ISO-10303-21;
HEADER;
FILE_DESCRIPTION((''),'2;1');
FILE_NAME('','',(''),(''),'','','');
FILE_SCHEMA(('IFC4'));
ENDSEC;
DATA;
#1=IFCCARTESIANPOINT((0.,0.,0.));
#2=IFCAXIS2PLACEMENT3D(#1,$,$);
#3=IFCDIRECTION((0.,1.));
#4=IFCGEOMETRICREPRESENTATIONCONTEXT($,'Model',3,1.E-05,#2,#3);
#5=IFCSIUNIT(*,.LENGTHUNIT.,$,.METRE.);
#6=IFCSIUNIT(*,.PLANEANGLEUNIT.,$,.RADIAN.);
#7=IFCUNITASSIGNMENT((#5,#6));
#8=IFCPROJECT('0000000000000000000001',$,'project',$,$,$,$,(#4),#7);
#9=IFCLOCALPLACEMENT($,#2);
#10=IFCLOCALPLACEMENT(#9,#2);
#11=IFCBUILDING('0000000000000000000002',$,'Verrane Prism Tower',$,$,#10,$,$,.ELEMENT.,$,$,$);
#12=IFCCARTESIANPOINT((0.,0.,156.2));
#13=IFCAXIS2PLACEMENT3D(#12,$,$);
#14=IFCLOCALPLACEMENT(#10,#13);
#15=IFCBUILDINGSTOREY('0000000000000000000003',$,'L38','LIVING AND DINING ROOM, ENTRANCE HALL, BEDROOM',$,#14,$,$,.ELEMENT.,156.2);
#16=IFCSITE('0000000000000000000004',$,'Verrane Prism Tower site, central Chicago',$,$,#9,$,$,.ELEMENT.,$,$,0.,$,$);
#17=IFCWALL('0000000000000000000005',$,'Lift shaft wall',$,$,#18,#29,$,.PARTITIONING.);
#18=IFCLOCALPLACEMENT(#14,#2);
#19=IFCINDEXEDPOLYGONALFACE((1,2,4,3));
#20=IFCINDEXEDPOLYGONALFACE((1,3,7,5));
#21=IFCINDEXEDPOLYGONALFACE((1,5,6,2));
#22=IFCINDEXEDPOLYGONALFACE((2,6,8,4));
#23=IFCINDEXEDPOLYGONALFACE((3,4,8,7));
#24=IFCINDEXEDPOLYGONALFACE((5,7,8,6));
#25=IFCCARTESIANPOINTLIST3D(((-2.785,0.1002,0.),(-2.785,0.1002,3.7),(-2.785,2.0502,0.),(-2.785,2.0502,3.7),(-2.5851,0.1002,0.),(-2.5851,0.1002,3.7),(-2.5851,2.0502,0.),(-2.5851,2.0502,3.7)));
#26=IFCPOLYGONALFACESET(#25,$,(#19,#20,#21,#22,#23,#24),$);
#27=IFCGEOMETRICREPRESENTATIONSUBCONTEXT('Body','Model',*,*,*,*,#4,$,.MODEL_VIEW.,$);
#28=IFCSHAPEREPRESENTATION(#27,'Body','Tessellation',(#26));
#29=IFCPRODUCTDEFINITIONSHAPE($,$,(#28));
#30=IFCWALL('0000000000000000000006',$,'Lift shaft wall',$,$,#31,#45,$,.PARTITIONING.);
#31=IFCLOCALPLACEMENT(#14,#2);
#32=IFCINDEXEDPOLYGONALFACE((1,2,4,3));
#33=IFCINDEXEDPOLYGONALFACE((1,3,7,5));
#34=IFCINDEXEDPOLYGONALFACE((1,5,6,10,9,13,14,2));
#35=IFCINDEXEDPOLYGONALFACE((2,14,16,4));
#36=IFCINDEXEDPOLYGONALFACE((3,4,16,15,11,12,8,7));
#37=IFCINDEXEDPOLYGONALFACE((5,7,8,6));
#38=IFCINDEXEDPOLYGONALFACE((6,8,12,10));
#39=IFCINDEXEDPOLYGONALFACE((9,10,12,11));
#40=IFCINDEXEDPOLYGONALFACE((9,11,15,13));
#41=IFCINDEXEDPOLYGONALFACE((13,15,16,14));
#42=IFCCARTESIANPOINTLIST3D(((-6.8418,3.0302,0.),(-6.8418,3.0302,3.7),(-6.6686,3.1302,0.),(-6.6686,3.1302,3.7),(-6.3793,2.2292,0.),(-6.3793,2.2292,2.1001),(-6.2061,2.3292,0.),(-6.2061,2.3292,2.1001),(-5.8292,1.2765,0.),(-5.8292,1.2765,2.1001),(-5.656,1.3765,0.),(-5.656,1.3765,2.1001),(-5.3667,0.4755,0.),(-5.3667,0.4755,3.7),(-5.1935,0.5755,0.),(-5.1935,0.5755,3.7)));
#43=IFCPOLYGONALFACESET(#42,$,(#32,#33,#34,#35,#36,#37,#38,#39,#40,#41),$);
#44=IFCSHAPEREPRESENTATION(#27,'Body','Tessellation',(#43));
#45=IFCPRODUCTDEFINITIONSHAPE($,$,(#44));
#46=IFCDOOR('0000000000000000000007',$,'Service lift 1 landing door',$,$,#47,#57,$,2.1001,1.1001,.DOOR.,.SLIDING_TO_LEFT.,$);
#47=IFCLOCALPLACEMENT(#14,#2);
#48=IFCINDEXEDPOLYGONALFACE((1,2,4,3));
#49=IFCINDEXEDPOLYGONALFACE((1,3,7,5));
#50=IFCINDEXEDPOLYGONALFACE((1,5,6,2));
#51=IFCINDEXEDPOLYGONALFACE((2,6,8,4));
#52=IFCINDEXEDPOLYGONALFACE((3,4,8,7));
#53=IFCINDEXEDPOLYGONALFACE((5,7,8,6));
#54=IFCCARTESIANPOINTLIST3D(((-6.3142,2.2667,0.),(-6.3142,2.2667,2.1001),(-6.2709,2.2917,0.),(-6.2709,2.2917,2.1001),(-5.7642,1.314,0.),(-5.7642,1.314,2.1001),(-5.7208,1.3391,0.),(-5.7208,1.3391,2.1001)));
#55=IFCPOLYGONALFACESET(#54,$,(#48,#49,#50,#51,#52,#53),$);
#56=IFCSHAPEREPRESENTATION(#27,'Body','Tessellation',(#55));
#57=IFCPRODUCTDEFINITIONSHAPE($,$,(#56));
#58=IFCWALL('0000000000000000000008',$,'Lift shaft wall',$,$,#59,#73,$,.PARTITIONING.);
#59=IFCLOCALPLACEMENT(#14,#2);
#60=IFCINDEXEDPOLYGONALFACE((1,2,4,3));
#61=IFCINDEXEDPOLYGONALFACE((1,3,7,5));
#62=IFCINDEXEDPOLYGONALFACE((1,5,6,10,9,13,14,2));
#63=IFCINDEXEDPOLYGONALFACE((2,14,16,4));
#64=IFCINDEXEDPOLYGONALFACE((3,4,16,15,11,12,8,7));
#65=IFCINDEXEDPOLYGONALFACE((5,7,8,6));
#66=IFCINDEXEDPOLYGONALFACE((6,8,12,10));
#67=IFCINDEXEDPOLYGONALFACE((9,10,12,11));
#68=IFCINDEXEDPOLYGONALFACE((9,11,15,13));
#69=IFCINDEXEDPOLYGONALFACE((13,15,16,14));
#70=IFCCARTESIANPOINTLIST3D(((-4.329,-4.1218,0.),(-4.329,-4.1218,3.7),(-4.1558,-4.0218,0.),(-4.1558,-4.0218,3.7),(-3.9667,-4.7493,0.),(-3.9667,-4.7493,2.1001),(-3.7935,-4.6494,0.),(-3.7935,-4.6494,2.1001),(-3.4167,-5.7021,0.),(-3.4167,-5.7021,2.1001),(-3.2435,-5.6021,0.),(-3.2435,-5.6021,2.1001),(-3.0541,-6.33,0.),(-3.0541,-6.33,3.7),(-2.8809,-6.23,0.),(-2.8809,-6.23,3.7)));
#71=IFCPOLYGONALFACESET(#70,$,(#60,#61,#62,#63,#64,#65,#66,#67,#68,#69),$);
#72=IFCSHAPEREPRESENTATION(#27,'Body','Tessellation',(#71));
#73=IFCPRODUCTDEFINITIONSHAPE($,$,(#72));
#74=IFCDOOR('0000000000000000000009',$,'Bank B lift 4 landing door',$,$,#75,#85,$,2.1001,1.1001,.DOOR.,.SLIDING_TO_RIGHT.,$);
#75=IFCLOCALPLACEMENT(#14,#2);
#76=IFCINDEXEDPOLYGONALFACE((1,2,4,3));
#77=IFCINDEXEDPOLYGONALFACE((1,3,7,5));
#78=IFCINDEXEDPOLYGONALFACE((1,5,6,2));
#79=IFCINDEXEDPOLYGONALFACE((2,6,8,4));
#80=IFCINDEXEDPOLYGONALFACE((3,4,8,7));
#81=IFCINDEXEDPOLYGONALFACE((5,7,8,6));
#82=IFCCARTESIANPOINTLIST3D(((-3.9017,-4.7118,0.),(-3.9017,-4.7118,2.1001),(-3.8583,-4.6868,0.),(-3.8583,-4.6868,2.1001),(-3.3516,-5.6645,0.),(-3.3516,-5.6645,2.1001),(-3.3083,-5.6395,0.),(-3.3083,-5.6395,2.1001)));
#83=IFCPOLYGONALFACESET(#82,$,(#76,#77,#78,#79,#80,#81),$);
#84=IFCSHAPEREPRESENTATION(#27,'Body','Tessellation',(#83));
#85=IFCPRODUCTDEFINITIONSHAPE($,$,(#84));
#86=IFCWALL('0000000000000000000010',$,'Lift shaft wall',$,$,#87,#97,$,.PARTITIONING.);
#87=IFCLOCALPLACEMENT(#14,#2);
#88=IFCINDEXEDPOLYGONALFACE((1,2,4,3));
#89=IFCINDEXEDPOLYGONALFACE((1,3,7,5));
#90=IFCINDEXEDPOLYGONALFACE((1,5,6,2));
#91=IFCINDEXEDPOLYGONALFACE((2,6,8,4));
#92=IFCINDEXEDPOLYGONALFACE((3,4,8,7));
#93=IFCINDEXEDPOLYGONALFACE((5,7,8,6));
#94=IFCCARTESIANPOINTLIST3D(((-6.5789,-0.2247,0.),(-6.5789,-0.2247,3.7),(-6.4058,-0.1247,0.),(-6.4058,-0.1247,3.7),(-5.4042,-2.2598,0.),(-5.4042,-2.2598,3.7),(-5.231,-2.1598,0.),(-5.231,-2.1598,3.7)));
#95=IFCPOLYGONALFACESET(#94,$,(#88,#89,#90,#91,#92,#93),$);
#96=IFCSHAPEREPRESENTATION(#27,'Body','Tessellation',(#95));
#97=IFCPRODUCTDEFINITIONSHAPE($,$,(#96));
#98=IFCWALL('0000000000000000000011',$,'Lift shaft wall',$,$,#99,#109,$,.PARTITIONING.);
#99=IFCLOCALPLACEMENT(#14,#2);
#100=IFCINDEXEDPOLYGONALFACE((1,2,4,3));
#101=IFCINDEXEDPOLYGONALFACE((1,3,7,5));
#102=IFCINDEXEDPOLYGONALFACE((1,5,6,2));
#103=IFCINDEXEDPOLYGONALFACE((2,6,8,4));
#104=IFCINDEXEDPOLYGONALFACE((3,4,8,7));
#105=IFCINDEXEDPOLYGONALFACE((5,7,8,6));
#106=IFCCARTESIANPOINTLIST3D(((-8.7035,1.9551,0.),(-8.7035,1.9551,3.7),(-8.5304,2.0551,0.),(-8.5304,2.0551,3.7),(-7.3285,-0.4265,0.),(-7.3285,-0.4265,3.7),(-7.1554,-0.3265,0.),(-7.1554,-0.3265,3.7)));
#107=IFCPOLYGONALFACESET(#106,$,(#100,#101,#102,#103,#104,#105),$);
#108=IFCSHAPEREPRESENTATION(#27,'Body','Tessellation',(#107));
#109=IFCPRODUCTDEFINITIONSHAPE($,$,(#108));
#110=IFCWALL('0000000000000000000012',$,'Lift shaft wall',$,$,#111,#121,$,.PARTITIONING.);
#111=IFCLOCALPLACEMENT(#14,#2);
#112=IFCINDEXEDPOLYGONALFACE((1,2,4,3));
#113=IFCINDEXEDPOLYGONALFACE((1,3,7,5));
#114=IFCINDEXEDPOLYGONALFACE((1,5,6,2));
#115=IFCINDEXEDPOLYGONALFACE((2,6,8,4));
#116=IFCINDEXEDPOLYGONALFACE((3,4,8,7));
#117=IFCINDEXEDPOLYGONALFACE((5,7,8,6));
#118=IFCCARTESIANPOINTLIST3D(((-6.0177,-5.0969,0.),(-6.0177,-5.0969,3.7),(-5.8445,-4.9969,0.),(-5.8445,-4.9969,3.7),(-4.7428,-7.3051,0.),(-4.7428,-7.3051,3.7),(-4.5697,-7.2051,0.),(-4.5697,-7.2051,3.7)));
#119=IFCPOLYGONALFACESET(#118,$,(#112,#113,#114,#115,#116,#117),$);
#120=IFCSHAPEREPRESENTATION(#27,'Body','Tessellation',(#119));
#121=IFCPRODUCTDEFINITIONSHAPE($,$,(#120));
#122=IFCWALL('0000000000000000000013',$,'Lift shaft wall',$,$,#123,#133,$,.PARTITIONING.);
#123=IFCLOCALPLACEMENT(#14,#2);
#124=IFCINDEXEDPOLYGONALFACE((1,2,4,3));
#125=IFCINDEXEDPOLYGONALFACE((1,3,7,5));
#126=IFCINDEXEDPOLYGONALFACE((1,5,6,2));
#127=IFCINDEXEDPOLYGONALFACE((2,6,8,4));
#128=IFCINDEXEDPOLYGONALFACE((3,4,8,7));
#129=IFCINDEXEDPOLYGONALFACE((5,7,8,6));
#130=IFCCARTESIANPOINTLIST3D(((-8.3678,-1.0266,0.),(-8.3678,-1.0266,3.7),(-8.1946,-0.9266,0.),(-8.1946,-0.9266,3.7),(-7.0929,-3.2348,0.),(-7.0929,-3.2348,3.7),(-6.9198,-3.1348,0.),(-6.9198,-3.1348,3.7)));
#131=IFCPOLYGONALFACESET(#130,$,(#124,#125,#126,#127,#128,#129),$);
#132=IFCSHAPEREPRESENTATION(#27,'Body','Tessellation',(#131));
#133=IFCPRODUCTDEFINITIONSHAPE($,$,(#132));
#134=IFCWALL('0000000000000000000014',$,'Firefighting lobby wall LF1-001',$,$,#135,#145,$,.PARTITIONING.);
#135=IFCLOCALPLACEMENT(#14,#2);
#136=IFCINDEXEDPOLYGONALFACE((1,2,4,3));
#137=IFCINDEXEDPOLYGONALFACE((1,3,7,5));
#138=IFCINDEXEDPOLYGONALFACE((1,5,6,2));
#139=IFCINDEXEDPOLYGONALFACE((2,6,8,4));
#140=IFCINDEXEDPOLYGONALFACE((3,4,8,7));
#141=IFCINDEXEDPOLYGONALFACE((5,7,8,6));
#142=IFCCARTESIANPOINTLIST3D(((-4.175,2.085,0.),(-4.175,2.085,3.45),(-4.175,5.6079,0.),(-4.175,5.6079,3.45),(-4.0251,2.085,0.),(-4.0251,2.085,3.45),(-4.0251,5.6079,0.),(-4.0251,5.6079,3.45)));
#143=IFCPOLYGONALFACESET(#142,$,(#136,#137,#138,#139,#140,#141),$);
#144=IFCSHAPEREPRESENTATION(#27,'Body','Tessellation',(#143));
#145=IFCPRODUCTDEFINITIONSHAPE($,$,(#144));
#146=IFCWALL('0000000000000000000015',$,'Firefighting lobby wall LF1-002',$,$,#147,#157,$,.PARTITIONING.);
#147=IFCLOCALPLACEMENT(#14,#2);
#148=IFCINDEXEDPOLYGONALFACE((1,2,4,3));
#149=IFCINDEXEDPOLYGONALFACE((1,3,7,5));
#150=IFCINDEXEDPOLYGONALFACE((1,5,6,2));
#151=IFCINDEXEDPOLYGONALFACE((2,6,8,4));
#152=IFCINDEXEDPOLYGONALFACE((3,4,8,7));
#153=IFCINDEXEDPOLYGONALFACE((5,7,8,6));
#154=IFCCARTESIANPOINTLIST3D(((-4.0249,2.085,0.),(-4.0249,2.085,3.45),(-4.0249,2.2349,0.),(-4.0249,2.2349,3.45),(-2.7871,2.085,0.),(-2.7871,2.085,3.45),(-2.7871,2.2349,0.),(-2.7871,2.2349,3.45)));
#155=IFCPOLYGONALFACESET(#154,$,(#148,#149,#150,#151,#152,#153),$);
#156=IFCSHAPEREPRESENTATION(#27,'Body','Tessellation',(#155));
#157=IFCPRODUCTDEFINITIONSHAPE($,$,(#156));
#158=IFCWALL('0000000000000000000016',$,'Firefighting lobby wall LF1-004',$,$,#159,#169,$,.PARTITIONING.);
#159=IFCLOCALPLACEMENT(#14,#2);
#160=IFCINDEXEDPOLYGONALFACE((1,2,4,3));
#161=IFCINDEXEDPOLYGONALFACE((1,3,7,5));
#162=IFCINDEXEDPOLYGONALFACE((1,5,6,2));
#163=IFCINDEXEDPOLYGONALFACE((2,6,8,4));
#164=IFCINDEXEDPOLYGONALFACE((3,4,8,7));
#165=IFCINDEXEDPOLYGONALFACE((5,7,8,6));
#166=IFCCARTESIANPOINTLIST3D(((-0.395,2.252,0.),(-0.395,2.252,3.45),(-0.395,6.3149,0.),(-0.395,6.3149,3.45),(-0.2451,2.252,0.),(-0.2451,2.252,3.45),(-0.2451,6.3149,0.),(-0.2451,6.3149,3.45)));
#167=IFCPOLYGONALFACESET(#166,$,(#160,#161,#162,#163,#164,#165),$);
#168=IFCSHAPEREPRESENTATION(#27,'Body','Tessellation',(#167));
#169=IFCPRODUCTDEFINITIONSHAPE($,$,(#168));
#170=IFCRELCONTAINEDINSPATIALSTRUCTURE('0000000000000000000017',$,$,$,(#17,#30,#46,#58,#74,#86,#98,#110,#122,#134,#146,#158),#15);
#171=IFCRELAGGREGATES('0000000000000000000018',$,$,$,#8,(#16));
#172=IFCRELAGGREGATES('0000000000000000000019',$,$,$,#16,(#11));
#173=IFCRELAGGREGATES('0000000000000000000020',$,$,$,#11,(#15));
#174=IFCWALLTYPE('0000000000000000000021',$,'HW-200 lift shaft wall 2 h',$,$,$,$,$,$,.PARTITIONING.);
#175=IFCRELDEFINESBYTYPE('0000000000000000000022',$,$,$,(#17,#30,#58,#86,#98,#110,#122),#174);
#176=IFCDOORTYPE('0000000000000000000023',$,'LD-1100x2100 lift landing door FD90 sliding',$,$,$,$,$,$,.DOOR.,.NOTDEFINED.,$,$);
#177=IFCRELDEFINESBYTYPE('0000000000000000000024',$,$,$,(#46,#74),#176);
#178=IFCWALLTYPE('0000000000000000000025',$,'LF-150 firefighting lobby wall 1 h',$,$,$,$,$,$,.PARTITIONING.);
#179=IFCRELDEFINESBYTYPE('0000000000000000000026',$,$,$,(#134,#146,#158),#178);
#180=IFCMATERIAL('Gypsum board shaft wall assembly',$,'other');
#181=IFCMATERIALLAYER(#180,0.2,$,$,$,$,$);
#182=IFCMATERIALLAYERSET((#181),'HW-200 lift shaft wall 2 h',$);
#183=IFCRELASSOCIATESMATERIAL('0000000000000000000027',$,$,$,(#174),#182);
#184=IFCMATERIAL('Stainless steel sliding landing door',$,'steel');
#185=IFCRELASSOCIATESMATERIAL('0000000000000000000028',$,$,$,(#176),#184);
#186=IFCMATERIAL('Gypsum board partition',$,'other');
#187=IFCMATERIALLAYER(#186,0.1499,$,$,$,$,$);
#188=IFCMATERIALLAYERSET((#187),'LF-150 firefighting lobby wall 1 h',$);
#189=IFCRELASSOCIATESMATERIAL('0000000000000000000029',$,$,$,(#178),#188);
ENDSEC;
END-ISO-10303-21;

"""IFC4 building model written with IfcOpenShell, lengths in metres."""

from ifc_helpers import new_model, si_unit, direction, frame, frame_2d, origin, place, context, subcontext, project, spatial, rectangle, extrude, material, layer, layer_set, type_object, element, fill, save


model = new_model("IFC4")

# Units and contexts
model_context = context("Model", 3, precision=1e-05, world=origin(), true_north=direction((0.0, 1.0)))
body_context = subcontext(model_context, "Body", "Model", "MODEL_VIEW")
ifc_project = project(units=[si_unit("LENGTHUNIT", "METRE"), si_unit("PLANEANGLEUNIT", "RADIAN")], contexts=[model_context])

# Site, building, storey
site_placement = place(None, origin())
site = spatial("IfcSite", under=ifc_project, at=site_placement, Name="Verrane Prism Tower site, central Chicago", CompositionType="ELEMENT", RefElevation=0.0)
building_placement = place(site_placement, origin())
building = spatial("IfcBuilding", under=site, at=building_placement, Name="Verrane Prism Tower", CompositionType="ELEMENT")
storey_placement = place(building_placement, frame((0.0, 0.0, 156.2)))
storey = spatial("IfcBuildingStorey", under=building, at=storey_placement, Name="L38", Description="LIVING AND DINING ROOM, ENTRANCE HALL, BEDROOM", CompositionType="ELEMENT", Elevation=156.2)

# Shared definitions
ifc_material_1 = material(Name="Gypsum board shaft wall assembly", Category="other")
ifc_layer_1 = layer(ifc_material_1, 0.2)
ifc_layer_set_1 = layer_set([ifc_layer_1], Name="HW-200 lift shaft wall 2 h")
wall_type_1 = type_object("IfcWallType", Name="HW-200 lift shaft wall 2 h", PredefinedType="PARTITIONING", material=ifc_layer_set_1)
ifc_material_2 = material(Name="Stainless steel sliding landing door", Category="steel")
door_type_1 = type_object("IfcDoorType", Name="LD-1100x2100 lift landing door FD90 sliding", OperationType="NOTDEFINED", PredefinedType="DOOR", material=ifc_material_2)

# Wall
wall_1_placement = place(storey_placement, frame((-2.6851, 0.1001, 0.0), z_axis=(0.0, 0.0, 1.0), x_axis=(0.0, 1.0, 0.0)))
element("IfcWall", 1, at=wall_1_placement, inside=storey, type_object=wall_type_1, Name="Lift shaft wall", PredefinedType="PARTITIONING", context=body_context, shape_type="SweptSolid", body=[
    extrude(rectangle(XDim=1.95, YDim=0.2, at=frame_2d((0.9751, 0.0))), origin(), (0.0, 0.0, 1.0), 3.7),
])

# Walls, openings, doors
wall_2_placement = place(storey_placement, frame((-5.28, 0.5254, 0.0), z_axis=(0.0, 0.0, 1.0), x_axis=(-0.500038, 0.866004, 0.0)))
wall_2 = element("IfcWall", 2, at=wall_2_placement, inside=storey, type_object=wall_type_1, Name="Lift shaft wall", PredefinedType="PARTITIONING", context=body_context, shape_type="SweptSolid", body=[
    extrude(rectangle(XDim=2.95, YDim=0.2, at=frame_2d((1.4751, 0.0))), origin(), (0.0, 0.0, 1.0), 3.7),
])
opening_1_placement = place(wall_2_placement, frame((0.925, 0.0, 0.0)))
opening_1 = element("IfcOpeningElement", 3, at=opening_1_placement, cuts=wall_2, PredefinedType="OPENING", context=body_context, shape_type="SweptSolid", body=[
    extrude(rectangle(XDim=1.1001, YDim=2.1001, at=frame_2d((0.55, 1.05))), frame((0.0, 0.1099, 0.0), z_axis=(0.0, -1.0, 0.0), x_axis=(1.0, 0.0, 0.0)), (0.0, 0.0, 1.0), 0.22),
])
door_1_placement = place(opening_1_placement, origin())
door_1 = element("IfcDoor", 4, at=door_1_placement, inside=storey, type_object=door_type_1, Name="Service lift 1 landing door", OperationType="SLIDING_TO_LEFT", OverallHeight=2.1001, OverallWidth=1.1001, PredefinedType="DOOR", context=body_context, shape_type="SweptSolid", body=[
    extrude(rectangle(XDim=1.1001, YDim=2.1001, at=frame_2d((0.55, 1.05))), frame((0.0, 0.0249, 0.0), z_axis=(0.0, -1.0, 0.0), x_axis=(1.0, 0.0, 0.0)), (0.0, 0.0, 1.0), 0.05),
])
fill(opening_1, door_1)
wall_3_placement = place(storey_placement, frame((-2.9675, -6.28, 0.0), z_axis=(0.0, 0.0, 1.0), x_axis=(-0.49999, 0.866031, 0.0)))
wall_3 = element("IfcWall", 5, at=wall_3_placement, inside=storey, type_object=wall_type_1, Name="Lift shaft wall", PredefinedType="PARTITIONING", context=body_context, shape_type="SweptSolid", body=[
    extrude(rectangle(XDim=2.5498, YDim=0.2, at=frame_2d((1.2749, 0.0))), origin(), (0.0, 0.0, 1.0), 3.7),
])
opening_2_placement = place(wall_3_placement, frame((0.7251, 0.0, 0.0)))
opening_2 = element("IfcOpeningElement", 6, at=opening_2_placement, cuts=wall_3, PredefinedType="OPENING", context=body_context, shape_type="SweptSolid", body=[
    extrude(rectangle(XDim=1.1001, YDim=2.1001, at=frame_2d((0.55, 1.05))), frame((0.0, 0.1099, 0.0), z_axis=(0.0, -1.0, 0.0), x_axis=(1.0, 0.0, 0.0)), (0.0, 0.0, 1.0), 0.22),
])
door_2_placement = place(opening_2_placement, origin())
door_2 = element("IfcDoor", 7, at=door_2_placement, inside=storey, type_object=door_type_1, Name="Bank B lift 4 landing door", OperationType="SLIDING_TO_RIGHT", OverallHeight=2.1001, OverallWidth=1.1001, PredefinedType="DOOR", context=body_context, shape_type="SweptSolid", body=[
    extrude(rectangle(XDim=1.1001, YDim=2.1001, at=frame_2d((0.55, 1.05))), frame((0.0, 0.0249, 0.0), z_axis=(0.0, -1.0, 0.0), x_axis=(1.0, 0.0, 0.0)), (0.0, 0.0, 1.0), 0.05),
])
fill(opening_2, door_2)

# Walls
wall_4_placement = place(storey_placement, frame((-5.3176, -2.2097, 0.0), z_axis=(0.0, 0.0, 1.0), x_axis=(-0.499938, 0.866061, 0.0)))
element("IfcWall", 8, at=wall_4_placement, inside=storey, type_object=wall_type_1, Name="Lift shaft wall", PredefinedType="PARTITIONING", context=body_context, shape_type="SweptSolid", body=[
    extrude(rectangle(XDim=2.3499, YDim=0.2, at=frame_2d((1.1748, 0.0))), origin(), (0.0, 0.0, 1.0), 3.7),
])
wall_5_placement = place(storey_placement, frame((-7.2419, -0.3765, 0.0), z_axis=(0.0, 0.0, 1.0), x_axis=(-0.499997, 0.866027, 0.0)))
element("IfcWall", 9, at=wall_5_placement, inside=storey, type_object=wall_type_1, Name="Lift shaft wall", PredefinedType="PARTITIONING", context=body_context, shape_type="SweptSolid", body=[
    extrude(rectangle(XDim=2.75, YDim=0.2, at=frame_2d((1.375, 0.0))), origin(), (0.0, 0.0, 1.0), 3.7),
])
for number, where, z_axis, x_axis, name in (
    (10, (-4.6562, -7.2551, 0.0), (0.0, 0.0, 1.0), (-0.49999, 0.866031, 0.0), "Lift shaft wall"),
    (11, (-7.0063, -3.1848, 0.0), (0.0, 0.0, 1.0), (-0.49999, 0.866031, 0.0), "Lift shaft wall"),
):
    element("IfcWall", number, at=place(storey_placement, frame(where, z_axis=z_axis, x_axis=x_axis)), inside=storey, type_object=wall_type_1, Name=name, PredefinedType="PARTITIONING", context=body_context, shape_type="SweptSolid", body=[
        extrude(rectangle(XDim=2.5498, YDim=0.2, at=frame_2d((1.2749, 0.0))), origin(), (0.0, 0.0, 1.0), 3.7),
    ])
ifc_material_3 = material(Name="Gypsum board partition", Category="other")
ifc_layer_2 = layer(ifc_material_3, 0.1499)
ifc_layer_set_2 = layer_set([ifc_layer_2], Name="LF-150 firefighting lobby wall 1 h")
wall_type_2 = type_object("IfcWallType", Name="LF-150 firefighting lobby wall 1 h", PredefinedType="PARTITIONING", material=ifc_layer_set_2)
wall_6_placement = place(storey_placement, frame((-4.1001, 2.085, 0.0), z_axis=(0.0, 0.0, 1.0), x_axis=(0.0, 1.0, 0.0)))
element("IfcWall", 12, at=wall_6_placement, inside=storey, type_object=wall_type_2, Name="Firefighting lobby wall LF1-001", PredefinedType="PARTITIONING", context=body_context, shape_type="SweptSolid", body=[
    extrude(rectangle(XDim=3.5229, YDim=0.1499, at=frame_2d((1.7615, 0.0))), origin(), (0.0, 0.0, 1.0), 3.45),
])
wall_7_placement = place(storey_placement, frame((-4.0249, 2.1599, 0.0), z_axis=(0.0, 0.0, 1.0), x_axis=(1.0, 0.0, 0.0)))
element("IfcWall", 13, at=wall_7_placement, inside=storey, type_object=wall_type_2, Name="Firefighting lobby wall LF1-002", PredefinedType="PARTITIONING", context=body_context, shape_type="SweptSolid", body=[
    extrude(rectangle(XDim=1.2378, YDim=0.1499, at=frame_2d((0.6189, 0.0))), origin(), (0.0, 0.0, 1.0), 3.45),
])
wall_8_placement = place(storey_placement, frame((-0.3201, 2.252, 0.0), z_axis=(0.0, 0.0, 1.0), x_axis=(0.0, 1.0, 0.0)))
element("IfcWall", 14, at=wall_8_placement, inside=storey, type_object=wall_type_2, Name="Firefighting lobby wall LF1-004", PredefinedType="PARTITIONING", context=body_context, shape_type="SweptSolid", body=[
    extrude(rectangle(XDim=4.063, YDim=0.1499, at=frame_2d((2.0315, 0.0))), origin(), (0.0, 0.0, 1.0), 3.45),
])

save(model, "model.ifc")
